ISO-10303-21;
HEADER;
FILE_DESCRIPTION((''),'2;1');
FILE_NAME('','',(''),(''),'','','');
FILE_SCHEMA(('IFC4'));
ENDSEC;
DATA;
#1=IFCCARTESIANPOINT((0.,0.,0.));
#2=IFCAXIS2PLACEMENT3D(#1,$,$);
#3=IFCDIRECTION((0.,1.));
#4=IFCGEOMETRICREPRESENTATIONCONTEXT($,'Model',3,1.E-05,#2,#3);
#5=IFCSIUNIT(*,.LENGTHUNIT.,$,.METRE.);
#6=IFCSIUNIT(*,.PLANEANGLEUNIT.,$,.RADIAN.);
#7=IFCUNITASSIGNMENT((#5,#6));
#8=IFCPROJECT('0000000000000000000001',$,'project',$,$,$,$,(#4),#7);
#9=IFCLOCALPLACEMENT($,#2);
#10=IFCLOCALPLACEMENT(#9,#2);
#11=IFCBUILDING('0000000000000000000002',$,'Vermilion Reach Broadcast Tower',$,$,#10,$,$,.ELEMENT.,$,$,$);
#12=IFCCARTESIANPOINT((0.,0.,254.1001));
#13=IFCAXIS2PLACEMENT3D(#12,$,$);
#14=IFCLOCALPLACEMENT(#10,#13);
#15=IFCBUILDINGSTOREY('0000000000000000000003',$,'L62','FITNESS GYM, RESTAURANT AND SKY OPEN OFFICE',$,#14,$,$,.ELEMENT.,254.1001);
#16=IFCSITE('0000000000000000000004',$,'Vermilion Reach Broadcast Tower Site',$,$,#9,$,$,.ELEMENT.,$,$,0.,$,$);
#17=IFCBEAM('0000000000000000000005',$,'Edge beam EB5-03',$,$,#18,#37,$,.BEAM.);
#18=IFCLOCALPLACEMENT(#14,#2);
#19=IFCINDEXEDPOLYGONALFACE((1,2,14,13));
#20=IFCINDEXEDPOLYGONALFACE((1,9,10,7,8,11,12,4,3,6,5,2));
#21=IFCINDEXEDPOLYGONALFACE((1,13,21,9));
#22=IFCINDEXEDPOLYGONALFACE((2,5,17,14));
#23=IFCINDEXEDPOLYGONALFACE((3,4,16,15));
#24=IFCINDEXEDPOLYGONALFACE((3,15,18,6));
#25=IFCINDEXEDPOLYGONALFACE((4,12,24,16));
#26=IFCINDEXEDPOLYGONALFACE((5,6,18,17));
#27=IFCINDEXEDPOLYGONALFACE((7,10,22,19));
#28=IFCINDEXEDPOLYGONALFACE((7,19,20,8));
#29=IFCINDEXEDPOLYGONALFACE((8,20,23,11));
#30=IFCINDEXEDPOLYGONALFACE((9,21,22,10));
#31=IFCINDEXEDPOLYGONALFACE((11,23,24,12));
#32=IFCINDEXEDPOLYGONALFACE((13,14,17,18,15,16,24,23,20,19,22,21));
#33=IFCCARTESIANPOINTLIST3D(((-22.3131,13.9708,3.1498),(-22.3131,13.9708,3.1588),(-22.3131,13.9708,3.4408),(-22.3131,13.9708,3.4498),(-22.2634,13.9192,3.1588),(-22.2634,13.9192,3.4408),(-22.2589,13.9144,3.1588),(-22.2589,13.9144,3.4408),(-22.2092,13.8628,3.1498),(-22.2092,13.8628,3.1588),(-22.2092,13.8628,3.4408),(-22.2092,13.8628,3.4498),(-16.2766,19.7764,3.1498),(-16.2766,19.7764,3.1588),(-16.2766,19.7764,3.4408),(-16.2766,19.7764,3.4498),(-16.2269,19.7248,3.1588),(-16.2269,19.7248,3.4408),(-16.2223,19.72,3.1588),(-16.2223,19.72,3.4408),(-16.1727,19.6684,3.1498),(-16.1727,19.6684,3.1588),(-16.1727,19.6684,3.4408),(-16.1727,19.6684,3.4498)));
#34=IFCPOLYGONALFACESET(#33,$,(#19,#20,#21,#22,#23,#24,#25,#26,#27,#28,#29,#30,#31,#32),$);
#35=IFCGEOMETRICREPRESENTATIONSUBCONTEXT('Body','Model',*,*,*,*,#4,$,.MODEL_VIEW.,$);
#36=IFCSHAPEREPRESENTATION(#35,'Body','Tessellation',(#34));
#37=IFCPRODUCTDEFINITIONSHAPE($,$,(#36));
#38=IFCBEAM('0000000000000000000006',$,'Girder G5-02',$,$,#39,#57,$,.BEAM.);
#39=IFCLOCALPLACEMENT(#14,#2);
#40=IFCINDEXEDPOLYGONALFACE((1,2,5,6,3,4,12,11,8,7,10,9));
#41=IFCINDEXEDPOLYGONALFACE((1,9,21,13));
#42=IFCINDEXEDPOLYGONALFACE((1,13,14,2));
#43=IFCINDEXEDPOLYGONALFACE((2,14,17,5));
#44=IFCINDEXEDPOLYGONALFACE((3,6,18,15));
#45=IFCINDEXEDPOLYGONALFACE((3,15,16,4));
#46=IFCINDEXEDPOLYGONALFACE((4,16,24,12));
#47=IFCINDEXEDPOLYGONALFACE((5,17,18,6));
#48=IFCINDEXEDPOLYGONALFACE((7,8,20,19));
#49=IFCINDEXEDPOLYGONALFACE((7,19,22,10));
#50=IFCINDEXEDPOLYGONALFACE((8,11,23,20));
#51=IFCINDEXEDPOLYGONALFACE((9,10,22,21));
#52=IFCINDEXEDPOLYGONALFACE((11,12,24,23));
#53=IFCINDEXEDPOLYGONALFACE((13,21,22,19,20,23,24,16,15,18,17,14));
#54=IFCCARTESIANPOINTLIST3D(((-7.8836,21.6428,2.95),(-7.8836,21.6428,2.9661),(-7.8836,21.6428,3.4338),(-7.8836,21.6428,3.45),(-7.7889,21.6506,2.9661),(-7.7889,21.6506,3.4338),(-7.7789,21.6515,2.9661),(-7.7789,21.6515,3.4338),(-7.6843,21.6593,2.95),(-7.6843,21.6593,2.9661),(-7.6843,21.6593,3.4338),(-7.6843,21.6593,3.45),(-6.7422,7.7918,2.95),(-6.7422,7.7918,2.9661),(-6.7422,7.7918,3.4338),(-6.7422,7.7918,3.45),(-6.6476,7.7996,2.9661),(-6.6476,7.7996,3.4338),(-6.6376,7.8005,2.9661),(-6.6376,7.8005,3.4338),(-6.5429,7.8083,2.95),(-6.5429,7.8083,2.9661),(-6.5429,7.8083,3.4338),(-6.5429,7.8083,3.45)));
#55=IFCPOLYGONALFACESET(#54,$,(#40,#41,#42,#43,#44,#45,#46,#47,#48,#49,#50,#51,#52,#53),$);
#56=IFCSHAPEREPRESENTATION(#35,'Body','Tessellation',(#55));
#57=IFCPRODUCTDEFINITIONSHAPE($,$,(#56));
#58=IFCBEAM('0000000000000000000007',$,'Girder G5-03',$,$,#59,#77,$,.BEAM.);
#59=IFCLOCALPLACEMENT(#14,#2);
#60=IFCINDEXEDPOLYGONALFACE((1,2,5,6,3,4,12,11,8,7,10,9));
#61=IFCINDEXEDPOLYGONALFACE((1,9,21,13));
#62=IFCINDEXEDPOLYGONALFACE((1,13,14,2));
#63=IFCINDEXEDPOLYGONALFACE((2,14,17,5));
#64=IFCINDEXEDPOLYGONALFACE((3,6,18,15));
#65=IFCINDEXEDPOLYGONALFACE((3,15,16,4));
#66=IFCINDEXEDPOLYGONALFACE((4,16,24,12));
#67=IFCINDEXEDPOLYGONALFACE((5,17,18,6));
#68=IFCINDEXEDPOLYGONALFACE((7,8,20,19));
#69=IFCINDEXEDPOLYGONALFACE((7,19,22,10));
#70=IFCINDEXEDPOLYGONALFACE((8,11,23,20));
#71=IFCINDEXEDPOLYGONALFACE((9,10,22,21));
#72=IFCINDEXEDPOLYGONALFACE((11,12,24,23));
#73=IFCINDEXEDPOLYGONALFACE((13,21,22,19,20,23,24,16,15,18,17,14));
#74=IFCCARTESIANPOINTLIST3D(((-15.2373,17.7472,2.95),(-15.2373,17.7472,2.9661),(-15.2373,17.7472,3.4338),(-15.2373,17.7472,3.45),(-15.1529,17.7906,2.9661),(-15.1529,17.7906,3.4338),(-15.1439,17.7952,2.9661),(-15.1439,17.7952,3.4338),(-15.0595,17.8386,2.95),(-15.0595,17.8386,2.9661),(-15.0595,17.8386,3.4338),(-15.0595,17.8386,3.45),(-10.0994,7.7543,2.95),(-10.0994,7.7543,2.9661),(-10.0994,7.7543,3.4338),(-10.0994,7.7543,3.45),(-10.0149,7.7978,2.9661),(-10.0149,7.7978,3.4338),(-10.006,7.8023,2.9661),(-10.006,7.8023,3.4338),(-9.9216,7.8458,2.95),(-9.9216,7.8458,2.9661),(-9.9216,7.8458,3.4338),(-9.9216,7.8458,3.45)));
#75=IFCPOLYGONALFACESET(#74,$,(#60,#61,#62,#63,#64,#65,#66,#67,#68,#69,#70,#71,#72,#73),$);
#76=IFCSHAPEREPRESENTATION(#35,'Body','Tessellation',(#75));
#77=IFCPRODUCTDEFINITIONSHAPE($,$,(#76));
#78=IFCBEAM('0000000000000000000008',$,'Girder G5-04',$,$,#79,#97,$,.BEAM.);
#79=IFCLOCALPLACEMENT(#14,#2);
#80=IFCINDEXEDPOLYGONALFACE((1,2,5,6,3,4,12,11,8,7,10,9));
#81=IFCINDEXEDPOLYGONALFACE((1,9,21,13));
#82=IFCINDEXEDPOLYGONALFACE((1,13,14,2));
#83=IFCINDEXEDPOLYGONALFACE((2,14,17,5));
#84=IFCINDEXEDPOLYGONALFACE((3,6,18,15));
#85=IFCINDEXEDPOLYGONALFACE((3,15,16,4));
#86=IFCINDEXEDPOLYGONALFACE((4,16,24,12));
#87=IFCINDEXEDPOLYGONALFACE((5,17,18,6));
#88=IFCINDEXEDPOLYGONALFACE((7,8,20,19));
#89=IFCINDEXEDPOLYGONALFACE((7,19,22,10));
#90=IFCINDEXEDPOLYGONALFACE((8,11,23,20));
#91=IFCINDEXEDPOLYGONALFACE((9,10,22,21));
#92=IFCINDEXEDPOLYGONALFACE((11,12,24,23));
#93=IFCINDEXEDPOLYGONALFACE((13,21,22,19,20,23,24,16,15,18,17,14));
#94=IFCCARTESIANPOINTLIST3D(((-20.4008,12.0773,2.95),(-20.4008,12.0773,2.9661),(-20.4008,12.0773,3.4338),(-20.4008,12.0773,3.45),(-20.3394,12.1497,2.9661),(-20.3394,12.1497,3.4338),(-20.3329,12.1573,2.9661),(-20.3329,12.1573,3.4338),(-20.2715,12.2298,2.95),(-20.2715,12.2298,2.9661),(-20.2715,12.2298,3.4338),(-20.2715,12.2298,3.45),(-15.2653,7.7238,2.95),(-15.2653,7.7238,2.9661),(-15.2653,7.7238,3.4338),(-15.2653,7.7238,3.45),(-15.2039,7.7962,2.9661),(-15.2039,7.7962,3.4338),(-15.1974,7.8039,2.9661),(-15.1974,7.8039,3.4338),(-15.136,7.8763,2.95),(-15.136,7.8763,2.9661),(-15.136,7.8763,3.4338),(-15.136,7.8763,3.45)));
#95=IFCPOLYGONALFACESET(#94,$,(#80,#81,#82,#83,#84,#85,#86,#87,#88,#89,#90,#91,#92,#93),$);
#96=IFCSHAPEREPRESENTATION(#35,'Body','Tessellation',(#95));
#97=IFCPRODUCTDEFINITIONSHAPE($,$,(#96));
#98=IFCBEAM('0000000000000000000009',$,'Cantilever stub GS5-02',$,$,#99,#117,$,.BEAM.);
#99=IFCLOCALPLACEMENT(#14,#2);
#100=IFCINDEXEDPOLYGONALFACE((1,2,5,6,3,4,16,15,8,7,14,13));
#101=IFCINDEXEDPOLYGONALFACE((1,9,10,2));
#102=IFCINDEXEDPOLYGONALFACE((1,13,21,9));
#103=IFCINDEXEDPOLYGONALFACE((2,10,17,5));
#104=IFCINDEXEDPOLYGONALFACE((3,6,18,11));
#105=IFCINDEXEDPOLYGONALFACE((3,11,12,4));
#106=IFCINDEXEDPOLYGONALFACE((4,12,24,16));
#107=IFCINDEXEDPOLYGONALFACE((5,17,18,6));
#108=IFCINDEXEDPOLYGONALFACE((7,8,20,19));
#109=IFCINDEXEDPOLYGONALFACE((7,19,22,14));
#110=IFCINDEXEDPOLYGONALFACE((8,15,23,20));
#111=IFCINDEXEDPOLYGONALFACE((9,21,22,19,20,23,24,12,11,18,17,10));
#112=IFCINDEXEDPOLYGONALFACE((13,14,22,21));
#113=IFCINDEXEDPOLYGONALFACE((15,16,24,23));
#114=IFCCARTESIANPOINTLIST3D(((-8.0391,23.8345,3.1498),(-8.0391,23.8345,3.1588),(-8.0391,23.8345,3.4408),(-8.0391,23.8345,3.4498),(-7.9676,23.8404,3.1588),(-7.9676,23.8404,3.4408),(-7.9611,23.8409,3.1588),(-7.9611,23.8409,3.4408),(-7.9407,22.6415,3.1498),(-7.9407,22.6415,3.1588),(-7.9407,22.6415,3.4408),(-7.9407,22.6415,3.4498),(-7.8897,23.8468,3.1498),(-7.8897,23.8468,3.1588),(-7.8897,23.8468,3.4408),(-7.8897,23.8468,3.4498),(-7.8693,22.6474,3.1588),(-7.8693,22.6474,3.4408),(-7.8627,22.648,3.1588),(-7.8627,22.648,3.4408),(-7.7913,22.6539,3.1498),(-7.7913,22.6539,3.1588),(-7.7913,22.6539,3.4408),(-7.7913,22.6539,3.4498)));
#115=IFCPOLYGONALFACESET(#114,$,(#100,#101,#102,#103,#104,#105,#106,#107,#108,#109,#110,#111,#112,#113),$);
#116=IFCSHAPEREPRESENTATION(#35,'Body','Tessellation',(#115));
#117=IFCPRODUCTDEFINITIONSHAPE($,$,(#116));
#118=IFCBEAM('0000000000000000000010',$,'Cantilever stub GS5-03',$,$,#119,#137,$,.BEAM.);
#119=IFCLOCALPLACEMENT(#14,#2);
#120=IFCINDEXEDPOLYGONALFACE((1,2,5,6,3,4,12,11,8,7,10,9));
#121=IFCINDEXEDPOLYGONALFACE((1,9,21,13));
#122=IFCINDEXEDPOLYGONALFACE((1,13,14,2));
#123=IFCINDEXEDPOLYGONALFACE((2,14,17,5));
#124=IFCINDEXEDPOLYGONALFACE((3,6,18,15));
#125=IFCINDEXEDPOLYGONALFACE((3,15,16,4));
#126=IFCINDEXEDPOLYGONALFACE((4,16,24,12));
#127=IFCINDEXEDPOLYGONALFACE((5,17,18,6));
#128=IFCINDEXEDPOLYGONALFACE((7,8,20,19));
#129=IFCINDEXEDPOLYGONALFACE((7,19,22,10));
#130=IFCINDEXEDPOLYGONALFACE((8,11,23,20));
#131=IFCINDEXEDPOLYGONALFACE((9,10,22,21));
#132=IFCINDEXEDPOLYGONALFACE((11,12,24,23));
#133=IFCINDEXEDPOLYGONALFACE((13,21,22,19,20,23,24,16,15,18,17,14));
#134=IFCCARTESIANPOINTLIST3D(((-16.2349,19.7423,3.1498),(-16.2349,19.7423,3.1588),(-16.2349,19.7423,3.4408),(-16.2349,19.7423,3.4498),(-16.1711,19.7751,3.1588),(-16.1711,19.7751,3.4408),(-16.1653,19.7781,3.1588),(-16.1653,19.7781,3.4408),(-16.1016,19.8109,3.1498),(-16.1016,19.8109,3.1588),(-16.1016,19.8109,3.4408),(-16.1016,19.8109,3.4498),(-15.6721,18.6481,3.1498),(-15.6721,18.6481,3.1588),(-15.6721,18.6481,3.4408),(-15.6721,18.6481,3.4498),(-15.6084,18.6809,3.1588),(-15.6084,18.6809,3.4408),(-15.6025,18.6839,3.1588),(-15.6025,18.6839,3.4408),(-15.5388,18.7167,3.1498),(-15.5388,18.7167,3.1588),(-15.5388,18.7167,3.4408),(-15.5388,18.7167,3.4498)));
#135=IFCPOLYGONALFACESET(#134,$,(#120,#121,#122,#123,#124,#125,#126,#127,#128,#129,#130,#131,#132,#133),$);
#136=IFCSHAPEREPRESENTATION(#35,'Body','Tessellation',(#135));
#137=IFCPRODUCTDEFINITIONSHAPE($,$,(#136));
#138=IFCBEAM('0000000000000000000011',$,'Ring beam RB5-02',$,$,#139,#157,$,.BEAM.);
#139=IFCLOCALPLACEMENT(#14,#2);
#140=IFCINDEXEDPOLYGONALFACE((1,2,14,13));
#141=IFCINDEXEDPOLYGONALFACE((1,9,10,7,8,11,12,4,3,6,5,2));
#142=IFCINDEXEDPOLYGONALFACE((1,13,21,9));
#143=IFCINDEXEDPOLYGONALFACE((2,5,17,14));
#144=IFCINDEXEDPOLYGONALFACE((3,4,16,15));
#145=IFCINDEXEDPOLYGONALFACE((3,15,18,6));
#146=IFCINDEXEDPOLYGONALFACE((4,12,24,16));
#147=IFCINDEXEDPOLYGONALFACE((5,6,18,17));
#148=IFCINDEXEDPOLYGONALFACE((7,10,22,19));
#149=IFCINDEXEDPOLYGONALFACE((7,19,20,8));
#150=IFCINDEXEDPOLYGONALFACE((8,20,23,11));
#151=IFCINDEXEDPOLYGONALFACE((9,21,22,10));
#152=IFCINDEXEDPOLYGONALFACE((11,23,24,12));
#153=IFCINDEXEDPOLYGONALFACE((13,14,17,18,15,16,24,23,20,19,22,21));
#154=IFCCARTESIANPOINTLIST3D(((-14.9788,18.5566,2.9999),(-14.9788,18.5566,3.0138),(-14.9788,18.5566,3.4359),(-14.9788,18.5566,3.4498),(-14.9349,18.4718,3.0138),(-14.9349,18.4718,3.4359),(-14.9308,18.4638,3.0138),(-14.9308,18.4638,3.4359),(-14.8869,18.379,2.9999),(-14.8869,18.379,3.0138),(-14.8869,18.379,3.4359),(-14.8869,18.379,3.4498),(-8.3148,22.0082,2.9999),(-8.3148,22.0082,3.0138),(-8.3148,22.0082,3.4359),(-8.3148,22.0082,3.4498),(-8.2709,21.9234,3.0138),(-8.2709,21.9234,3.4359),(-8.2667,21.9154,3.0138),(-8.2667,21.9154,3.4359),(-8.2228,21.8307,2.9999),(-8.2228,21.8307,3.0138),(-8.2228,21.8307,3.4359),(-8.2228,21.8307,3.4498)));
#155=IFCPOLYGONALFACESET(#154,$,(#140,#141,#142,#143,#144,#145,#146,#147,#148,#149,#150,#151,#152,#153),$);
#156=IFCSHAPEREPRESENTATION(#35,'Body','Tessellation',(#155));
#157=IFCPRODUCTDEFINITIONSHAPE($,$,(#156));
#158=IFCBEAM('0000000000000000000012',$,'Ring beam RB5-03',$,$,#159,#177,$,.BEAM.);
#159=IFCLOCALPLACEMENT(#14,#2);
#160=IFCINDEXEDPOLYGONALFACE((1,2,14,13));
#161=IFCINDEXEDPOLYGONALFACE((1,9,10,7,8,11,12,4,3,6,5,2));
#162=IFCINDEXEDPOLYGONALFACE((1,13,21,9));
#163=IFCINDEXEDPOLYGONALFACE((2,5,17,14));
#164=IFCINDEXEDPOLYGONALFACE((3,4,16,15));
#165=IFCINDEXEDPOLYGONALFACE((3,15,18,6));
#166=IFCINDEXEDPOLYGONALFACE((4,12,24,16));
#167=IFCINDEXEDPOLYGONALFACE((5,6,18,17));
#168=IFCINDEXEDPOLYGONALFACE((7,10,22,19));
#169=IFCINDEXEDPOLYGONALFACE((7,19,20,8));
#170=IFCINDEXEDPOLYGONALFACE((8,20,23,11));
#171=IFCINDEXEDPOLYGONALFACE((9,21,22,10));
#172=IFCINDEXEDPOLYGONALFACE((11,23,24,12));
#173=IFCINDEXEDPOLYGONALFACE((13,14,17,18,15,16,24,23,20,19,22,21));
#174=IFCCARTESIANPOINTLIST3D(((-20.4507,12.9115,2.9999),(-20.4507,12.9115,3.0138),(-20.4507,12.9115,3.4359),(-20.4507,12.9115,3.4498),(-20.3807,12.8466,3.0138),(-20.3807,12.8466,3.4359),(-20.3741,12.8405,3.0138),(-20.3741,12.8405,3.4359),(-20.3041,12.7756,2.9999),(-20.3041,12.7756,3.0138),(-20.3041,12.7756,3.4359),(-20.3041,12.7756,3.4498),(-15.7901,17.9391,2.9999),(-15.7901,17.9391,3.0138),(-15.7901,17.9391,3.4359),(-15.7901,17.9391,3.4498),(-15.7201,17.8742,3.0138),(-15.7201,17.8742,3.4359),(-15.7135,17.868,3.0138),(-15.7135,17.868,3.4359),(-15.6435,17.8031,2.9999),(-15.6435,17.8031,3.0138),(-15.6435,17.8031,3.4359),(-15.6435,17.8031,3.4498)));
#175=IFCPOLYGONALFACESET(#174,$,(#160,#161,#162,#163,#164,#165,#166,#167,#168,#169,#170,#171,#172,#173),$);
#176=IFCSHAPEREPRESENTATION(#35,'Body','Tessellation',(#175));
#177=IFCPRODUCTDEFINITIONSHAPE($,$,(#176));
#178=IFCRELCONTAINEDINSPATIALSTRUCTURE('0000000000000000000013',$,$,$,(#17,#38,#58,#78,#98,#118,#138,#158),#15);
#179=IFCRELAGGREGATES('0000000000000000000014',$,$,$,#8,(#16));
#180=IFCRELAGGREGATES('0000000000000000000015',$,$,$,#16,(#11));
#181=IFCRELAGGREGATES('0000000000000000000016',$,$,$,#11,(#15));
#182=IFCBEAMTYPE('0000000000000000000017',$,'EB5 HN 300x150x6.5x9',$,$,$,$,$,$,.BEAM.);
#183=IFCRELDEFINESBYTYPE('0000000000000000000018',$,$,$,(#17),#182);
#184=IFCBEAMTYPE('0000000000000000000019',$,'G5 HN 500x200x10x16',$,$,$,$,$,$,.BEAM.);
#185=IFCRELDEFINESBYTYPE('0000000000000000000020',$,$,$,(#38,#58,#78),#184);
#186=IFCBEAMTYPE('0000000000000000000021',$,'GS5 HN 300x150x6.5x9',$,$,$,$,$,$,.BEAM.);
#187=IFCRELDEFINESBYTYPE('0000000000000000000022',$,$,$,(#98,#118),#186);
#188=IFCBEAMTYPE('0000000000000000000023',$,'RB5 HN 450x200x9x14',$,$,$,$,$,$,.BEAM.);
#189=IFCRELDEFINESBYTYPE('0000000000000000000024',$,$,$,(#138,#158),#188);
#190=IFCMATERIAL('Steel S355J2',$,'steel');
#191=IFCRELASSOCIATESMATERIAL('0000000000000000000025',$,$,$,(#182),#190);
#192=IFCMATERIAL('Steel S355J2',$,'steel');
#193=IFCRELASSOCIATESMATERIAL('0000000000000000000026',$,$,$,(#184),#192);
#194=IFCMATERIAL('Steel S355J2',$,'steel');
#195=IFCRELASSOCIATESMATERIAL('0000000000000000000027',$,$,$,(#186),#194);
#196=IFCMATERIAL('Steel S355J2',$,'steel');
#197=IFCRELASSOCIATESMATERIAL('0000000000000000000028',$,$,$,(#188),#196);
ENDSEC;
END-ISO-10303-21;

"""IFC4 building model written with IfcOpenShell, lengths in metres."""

from ifc_helpers import new_model, si_unit, direction, frame, origin, origin_2d, place, context, subcontext, project, spatial, i_section, extrude, material, material_profile, profile_set, type_object, element, save


model = new_model("IFC4")

# Units and contexts
model_context = context("Model", 3, precision=1e-05, world=origin(), true_north=direction((0.0, 1.0)))
body_context = subcontext(model_context, "Body", "Model", "MODEL_VIEW")
ifc_project = project(units=[si_unit("LENGTHUNIT", "METRE"), si_unit("PLANEANGLEUNIT", "RADIAN")], contexts=[model_context])

# Site, building, storey
site_placement = place(None, origin())
site = spatial("IfcSite", under=ifc_project, at=site_placement, Name="Vermilion Reach Broadcast Tower Site", CompositionType="ELEMENT", RefElevation=0.0)
building_placement = place(site_placement, origin())
building = spatial("IfcBuilding", under=site, at=building_placement, Name="Vermilion Reach Broadcast Tower", CompositionType="ELEMENT")
storey_placement = place(building_placement, frame((0.0, 0.0, 254.1001)))
storey = spatial("IfcBuildingStorey", under=building, at=storey_placement, Name="L62", Description="FITNESS GYM, RESTAURANT AND SKY OPEN OFFICE", CompositionType="ELEMENT", Elevation=254.1001)

# Beams
ifc_material_1 = material(Name="Steel S355J2", Category="steel")
ifc_material_profile_1 = material_profile(ifc_material_1, i_section(OverallWidth=0.1499, OverallDepth=0.3, WebThickness=0.0066, FlangeThickness=0.009, at=origin_2d()), Name="S355J2 HN 300x150x6.5x9")
ifc_profile_set_1 = profile_set([ifc_material_profile_1], Name="Steel S355J2")
beam_type_1 = type_object("IfcBeamType", Name="EB5 HN 300x150x6.5x9", PredefinedType="BEAM", material=ifc_profile_set_1)
beam_1_placement = place(storey_placement, frame((-16.2246, 19.7224, 3.2998), z_axis=(-0.72076, -0.693184, 0.0), x_axis=(0.693184, -0.72076, 0.0)))
element("IfcBeam", 1, at=beam_1_placement, inside=storey, type_object=beam_type_1, Name="Edge beam EB5-03", PredefinedType="BEAM", context=body_context, shape_type="SweptSolid", body=[
    extrude(i_section(OverallWidth=0.1499, OverallDepth=0.3, WebThickness=0.0066, FlangeThickness=0.009, at=origin_2d()), origin(), (0.0, 0.0, 1.0), 8.3752),
])
ifc_material_2 = material(Name="Steel S355J2", Category="steel")
ifc_material_profile_2 = material_profile(ifc_material_2, i_section(OverallWidth=0.2, OverallDepth=0.5, WebThickness=0.01, FlangeThickness=0.0161, at=origin_2d()), Name="S355J2 HN 500x200x10x16")
ifc_profile_set_2 = profile_set([ifc_material_profile_2], Name="Steel S355J2")
beam_type_2 = type_object("IfcBeamType", Name="G5 HN 500x200x10x16", PredefinedType="BEAM", material=ifc_profile_set_2)
beam_2_placement = place(storey_placement, frame((-6.6426, 7.8, 3.2), z_axis=(-0.082124, 0.996622, 0.0), x_axis=(-0.996622, -0.082124, 0.0)))
element("IfcBeam", 2, at=beam_2_placement, inside=storey, type_object=beam_type_2, Name="Girder G5-02", PredefinedType="BEAM", context=body_context, shape_type="SweptSolid", body=[
    extrude(i_section(OverallWidth=0.2, OverallDepth=0.5, WebThickness=0.01, FlangeThickness=0.0161, at=origin_2d()), origin(), (0.0, 0.0, 1.0), 13.8979),
])
beam_3_placement = place(storey_placement, frame((-10.0105, 7.8, 3.2), z_axis=(-0.457258, 0.889334, 0.0), x_axis=(-0.889334, -0.457258, 0.0)))
element("IfcBeam", 3, at=beam_3_placement, inside=storey, type_object=beam_type_2, Name="Girder G5-03", PredefinedType="BEAM", context=body_context, shape_type="SweptSolid", body=[
    extrude(i_section(OverallWidth=0.2, OverallDepth=0.5, WebThickness=0.01, FlangeThickness=0.0161, at=origin_2d()), origin(), (0.0, 0.0, 1.0), 11.2363),
])
beam_4_placement = place(storey_placement, frame((-15.2007, 7.8, 3.2), z_axis=(-0.762793, 0.646643, 0.0), x_axis=(-0.646643, -0.762793, 0.0)))
element("IfcBeam", 4, at=beam_4_placement, inside=storey, type_object=beam_type_2, Name="Girder G5-04", PredefinedType="BEAM", context=body_context, shape_type="SweptSolid", body=[
    extrude(i_section(OverallWidth=0.2, OverallDepth=0.5, WebThickness=0.01, FlangeThickness=0.0161, at=origin_2d()), origin(), (0.0, 0.0, 1.0), 6.7324),
])
ifc_material_3 = material(Name="Steel S355J2", Category="steel")
ifc_material_profile_3 = material_profile(ifc_material_3, i_section(OverallWidth=0.1499, OverallDepth=0.3, WebThickness=0.0066, FlangeThickness=0.009, at=origin_2d()), Name="S355J2 HN 300x150x6.5x9")
ifc_profile_set_3 = profile_set([ifc_material_profile_3], Name="Steel S355J2")
beam_type_3 = type_object("IfcBeamType", Name="GS5 HN 300x150x6.5x9", PredefinedType="BEAM", material=ifc_profile_set_3)
beam_5_placement = place(storey_placement, frame((-7.866, 22.6477, 3.2998), z_axis=(-0.082201, 0.996616, 0.0), x_axis=(-0.996616, -0.082201, 0.0)))
element("IfcBeam", 5, at=beam_5_placement, inside=storey, type_object=beam_type_3, Name="Cantilever stub GS5-02", PredefinedType="BEAM", context=body_context, shape_type="SweptSolid", body=[
    extrude(i_section(OverallWidth=0.1499, OverallDepth=0.3, WebThickness=0.0066, FlangeThickness=0.009, at=origin_2d()), origin(), (0.0, 0.0, 1.0), 1.197),
])
beam_6_placement = place(storey_placement, frame((-15.6055, 18.6824, 3.2998), z_axis=(-0.457344, 0.88929, 0.0), x_axis=(-0.88929, -0.457344, 0.0)))
element("IfcBeam", 6, at=beam_6_placement, inside=storey, type_object=beam_type_3, Name="Cantilever stub GS5-03", PredefinedType="BEAM", context=body_context, shape_type="SweptSolid", body=[
    extrude(i_section(OverallWidth=0.1499, OverallDepth=0.3, WebThickness=0.0066, FlangeThickness=0.009, at=origin_2d()), origin(), (0.0, 0.0, 1.0), 1.2305),
])
ifc_material_4 = material(Name="Steel S355J2", Category="steel")
ifc_material_profile_4 = material_profile(ifc_material_4, i_section(OverallWidth=0.2, OverallDepth=0.45, WebThickness=0.009, FlangeThickness=0.0139, at=origin_2d()), Name="S355J2 HN 450x200x9x14")
ifc_profile_set_4 = profile_set([ifc_material_profile_4], Name="Steel S355J2")
beam_type_4 = type_object("IfcBeamType", Name="RB5 HN 450x200x9x14", PredefinedType="BEAM", material=ifc_profile_set_4)
beam_7_placement = place(storey_placement, frame((-8.2688, 21.9194, 3.2249), z_axis=(-0.88796, -0.45992, 0.0), x_axis=(0.45992, -0.88796, 0.0)))
element("IfcBeam", 7, at=beam_7_placement, inside=storey, type_object=beam_type_4, Name="Ring beam RB5-02", PredefinedType="BEAM", context=body_context, shape_type="SweptSolid", body=[
    extrude(i_section(OverallWidth=0.2, OverallDepth=0.45, WebThickness=0.009, FlangeThickness=0.0139, at=origin_2d()), origin(), (0.0, 0.0, 1.0), 7.5049),
])
beam_8_placement = place(storey_placement, frame((-15.7168, 17.8711, 3.2249), z_axis=(-0.679838, -0.733363, 0.0), x_axis=(0.733363, -0.679838, 0.0)))
element("IfcBeam", 8, at=beam_8_placement, inside=storey, type_object=beam_type_4, Name="Ring beam RB5-03", PredefinedType="BEAM", context=body_context, shape_type="SweptSolid", body=[
    extrude(i_section(OverallWidth=0.2, OverallDepth=0.45, WebThickness=0.009, FlangeThickness=0.0139, at=origin_2d()), origin(), (0.0, 0.0, 1.0), 6.8555),
])

save(model, "model.ifc")
